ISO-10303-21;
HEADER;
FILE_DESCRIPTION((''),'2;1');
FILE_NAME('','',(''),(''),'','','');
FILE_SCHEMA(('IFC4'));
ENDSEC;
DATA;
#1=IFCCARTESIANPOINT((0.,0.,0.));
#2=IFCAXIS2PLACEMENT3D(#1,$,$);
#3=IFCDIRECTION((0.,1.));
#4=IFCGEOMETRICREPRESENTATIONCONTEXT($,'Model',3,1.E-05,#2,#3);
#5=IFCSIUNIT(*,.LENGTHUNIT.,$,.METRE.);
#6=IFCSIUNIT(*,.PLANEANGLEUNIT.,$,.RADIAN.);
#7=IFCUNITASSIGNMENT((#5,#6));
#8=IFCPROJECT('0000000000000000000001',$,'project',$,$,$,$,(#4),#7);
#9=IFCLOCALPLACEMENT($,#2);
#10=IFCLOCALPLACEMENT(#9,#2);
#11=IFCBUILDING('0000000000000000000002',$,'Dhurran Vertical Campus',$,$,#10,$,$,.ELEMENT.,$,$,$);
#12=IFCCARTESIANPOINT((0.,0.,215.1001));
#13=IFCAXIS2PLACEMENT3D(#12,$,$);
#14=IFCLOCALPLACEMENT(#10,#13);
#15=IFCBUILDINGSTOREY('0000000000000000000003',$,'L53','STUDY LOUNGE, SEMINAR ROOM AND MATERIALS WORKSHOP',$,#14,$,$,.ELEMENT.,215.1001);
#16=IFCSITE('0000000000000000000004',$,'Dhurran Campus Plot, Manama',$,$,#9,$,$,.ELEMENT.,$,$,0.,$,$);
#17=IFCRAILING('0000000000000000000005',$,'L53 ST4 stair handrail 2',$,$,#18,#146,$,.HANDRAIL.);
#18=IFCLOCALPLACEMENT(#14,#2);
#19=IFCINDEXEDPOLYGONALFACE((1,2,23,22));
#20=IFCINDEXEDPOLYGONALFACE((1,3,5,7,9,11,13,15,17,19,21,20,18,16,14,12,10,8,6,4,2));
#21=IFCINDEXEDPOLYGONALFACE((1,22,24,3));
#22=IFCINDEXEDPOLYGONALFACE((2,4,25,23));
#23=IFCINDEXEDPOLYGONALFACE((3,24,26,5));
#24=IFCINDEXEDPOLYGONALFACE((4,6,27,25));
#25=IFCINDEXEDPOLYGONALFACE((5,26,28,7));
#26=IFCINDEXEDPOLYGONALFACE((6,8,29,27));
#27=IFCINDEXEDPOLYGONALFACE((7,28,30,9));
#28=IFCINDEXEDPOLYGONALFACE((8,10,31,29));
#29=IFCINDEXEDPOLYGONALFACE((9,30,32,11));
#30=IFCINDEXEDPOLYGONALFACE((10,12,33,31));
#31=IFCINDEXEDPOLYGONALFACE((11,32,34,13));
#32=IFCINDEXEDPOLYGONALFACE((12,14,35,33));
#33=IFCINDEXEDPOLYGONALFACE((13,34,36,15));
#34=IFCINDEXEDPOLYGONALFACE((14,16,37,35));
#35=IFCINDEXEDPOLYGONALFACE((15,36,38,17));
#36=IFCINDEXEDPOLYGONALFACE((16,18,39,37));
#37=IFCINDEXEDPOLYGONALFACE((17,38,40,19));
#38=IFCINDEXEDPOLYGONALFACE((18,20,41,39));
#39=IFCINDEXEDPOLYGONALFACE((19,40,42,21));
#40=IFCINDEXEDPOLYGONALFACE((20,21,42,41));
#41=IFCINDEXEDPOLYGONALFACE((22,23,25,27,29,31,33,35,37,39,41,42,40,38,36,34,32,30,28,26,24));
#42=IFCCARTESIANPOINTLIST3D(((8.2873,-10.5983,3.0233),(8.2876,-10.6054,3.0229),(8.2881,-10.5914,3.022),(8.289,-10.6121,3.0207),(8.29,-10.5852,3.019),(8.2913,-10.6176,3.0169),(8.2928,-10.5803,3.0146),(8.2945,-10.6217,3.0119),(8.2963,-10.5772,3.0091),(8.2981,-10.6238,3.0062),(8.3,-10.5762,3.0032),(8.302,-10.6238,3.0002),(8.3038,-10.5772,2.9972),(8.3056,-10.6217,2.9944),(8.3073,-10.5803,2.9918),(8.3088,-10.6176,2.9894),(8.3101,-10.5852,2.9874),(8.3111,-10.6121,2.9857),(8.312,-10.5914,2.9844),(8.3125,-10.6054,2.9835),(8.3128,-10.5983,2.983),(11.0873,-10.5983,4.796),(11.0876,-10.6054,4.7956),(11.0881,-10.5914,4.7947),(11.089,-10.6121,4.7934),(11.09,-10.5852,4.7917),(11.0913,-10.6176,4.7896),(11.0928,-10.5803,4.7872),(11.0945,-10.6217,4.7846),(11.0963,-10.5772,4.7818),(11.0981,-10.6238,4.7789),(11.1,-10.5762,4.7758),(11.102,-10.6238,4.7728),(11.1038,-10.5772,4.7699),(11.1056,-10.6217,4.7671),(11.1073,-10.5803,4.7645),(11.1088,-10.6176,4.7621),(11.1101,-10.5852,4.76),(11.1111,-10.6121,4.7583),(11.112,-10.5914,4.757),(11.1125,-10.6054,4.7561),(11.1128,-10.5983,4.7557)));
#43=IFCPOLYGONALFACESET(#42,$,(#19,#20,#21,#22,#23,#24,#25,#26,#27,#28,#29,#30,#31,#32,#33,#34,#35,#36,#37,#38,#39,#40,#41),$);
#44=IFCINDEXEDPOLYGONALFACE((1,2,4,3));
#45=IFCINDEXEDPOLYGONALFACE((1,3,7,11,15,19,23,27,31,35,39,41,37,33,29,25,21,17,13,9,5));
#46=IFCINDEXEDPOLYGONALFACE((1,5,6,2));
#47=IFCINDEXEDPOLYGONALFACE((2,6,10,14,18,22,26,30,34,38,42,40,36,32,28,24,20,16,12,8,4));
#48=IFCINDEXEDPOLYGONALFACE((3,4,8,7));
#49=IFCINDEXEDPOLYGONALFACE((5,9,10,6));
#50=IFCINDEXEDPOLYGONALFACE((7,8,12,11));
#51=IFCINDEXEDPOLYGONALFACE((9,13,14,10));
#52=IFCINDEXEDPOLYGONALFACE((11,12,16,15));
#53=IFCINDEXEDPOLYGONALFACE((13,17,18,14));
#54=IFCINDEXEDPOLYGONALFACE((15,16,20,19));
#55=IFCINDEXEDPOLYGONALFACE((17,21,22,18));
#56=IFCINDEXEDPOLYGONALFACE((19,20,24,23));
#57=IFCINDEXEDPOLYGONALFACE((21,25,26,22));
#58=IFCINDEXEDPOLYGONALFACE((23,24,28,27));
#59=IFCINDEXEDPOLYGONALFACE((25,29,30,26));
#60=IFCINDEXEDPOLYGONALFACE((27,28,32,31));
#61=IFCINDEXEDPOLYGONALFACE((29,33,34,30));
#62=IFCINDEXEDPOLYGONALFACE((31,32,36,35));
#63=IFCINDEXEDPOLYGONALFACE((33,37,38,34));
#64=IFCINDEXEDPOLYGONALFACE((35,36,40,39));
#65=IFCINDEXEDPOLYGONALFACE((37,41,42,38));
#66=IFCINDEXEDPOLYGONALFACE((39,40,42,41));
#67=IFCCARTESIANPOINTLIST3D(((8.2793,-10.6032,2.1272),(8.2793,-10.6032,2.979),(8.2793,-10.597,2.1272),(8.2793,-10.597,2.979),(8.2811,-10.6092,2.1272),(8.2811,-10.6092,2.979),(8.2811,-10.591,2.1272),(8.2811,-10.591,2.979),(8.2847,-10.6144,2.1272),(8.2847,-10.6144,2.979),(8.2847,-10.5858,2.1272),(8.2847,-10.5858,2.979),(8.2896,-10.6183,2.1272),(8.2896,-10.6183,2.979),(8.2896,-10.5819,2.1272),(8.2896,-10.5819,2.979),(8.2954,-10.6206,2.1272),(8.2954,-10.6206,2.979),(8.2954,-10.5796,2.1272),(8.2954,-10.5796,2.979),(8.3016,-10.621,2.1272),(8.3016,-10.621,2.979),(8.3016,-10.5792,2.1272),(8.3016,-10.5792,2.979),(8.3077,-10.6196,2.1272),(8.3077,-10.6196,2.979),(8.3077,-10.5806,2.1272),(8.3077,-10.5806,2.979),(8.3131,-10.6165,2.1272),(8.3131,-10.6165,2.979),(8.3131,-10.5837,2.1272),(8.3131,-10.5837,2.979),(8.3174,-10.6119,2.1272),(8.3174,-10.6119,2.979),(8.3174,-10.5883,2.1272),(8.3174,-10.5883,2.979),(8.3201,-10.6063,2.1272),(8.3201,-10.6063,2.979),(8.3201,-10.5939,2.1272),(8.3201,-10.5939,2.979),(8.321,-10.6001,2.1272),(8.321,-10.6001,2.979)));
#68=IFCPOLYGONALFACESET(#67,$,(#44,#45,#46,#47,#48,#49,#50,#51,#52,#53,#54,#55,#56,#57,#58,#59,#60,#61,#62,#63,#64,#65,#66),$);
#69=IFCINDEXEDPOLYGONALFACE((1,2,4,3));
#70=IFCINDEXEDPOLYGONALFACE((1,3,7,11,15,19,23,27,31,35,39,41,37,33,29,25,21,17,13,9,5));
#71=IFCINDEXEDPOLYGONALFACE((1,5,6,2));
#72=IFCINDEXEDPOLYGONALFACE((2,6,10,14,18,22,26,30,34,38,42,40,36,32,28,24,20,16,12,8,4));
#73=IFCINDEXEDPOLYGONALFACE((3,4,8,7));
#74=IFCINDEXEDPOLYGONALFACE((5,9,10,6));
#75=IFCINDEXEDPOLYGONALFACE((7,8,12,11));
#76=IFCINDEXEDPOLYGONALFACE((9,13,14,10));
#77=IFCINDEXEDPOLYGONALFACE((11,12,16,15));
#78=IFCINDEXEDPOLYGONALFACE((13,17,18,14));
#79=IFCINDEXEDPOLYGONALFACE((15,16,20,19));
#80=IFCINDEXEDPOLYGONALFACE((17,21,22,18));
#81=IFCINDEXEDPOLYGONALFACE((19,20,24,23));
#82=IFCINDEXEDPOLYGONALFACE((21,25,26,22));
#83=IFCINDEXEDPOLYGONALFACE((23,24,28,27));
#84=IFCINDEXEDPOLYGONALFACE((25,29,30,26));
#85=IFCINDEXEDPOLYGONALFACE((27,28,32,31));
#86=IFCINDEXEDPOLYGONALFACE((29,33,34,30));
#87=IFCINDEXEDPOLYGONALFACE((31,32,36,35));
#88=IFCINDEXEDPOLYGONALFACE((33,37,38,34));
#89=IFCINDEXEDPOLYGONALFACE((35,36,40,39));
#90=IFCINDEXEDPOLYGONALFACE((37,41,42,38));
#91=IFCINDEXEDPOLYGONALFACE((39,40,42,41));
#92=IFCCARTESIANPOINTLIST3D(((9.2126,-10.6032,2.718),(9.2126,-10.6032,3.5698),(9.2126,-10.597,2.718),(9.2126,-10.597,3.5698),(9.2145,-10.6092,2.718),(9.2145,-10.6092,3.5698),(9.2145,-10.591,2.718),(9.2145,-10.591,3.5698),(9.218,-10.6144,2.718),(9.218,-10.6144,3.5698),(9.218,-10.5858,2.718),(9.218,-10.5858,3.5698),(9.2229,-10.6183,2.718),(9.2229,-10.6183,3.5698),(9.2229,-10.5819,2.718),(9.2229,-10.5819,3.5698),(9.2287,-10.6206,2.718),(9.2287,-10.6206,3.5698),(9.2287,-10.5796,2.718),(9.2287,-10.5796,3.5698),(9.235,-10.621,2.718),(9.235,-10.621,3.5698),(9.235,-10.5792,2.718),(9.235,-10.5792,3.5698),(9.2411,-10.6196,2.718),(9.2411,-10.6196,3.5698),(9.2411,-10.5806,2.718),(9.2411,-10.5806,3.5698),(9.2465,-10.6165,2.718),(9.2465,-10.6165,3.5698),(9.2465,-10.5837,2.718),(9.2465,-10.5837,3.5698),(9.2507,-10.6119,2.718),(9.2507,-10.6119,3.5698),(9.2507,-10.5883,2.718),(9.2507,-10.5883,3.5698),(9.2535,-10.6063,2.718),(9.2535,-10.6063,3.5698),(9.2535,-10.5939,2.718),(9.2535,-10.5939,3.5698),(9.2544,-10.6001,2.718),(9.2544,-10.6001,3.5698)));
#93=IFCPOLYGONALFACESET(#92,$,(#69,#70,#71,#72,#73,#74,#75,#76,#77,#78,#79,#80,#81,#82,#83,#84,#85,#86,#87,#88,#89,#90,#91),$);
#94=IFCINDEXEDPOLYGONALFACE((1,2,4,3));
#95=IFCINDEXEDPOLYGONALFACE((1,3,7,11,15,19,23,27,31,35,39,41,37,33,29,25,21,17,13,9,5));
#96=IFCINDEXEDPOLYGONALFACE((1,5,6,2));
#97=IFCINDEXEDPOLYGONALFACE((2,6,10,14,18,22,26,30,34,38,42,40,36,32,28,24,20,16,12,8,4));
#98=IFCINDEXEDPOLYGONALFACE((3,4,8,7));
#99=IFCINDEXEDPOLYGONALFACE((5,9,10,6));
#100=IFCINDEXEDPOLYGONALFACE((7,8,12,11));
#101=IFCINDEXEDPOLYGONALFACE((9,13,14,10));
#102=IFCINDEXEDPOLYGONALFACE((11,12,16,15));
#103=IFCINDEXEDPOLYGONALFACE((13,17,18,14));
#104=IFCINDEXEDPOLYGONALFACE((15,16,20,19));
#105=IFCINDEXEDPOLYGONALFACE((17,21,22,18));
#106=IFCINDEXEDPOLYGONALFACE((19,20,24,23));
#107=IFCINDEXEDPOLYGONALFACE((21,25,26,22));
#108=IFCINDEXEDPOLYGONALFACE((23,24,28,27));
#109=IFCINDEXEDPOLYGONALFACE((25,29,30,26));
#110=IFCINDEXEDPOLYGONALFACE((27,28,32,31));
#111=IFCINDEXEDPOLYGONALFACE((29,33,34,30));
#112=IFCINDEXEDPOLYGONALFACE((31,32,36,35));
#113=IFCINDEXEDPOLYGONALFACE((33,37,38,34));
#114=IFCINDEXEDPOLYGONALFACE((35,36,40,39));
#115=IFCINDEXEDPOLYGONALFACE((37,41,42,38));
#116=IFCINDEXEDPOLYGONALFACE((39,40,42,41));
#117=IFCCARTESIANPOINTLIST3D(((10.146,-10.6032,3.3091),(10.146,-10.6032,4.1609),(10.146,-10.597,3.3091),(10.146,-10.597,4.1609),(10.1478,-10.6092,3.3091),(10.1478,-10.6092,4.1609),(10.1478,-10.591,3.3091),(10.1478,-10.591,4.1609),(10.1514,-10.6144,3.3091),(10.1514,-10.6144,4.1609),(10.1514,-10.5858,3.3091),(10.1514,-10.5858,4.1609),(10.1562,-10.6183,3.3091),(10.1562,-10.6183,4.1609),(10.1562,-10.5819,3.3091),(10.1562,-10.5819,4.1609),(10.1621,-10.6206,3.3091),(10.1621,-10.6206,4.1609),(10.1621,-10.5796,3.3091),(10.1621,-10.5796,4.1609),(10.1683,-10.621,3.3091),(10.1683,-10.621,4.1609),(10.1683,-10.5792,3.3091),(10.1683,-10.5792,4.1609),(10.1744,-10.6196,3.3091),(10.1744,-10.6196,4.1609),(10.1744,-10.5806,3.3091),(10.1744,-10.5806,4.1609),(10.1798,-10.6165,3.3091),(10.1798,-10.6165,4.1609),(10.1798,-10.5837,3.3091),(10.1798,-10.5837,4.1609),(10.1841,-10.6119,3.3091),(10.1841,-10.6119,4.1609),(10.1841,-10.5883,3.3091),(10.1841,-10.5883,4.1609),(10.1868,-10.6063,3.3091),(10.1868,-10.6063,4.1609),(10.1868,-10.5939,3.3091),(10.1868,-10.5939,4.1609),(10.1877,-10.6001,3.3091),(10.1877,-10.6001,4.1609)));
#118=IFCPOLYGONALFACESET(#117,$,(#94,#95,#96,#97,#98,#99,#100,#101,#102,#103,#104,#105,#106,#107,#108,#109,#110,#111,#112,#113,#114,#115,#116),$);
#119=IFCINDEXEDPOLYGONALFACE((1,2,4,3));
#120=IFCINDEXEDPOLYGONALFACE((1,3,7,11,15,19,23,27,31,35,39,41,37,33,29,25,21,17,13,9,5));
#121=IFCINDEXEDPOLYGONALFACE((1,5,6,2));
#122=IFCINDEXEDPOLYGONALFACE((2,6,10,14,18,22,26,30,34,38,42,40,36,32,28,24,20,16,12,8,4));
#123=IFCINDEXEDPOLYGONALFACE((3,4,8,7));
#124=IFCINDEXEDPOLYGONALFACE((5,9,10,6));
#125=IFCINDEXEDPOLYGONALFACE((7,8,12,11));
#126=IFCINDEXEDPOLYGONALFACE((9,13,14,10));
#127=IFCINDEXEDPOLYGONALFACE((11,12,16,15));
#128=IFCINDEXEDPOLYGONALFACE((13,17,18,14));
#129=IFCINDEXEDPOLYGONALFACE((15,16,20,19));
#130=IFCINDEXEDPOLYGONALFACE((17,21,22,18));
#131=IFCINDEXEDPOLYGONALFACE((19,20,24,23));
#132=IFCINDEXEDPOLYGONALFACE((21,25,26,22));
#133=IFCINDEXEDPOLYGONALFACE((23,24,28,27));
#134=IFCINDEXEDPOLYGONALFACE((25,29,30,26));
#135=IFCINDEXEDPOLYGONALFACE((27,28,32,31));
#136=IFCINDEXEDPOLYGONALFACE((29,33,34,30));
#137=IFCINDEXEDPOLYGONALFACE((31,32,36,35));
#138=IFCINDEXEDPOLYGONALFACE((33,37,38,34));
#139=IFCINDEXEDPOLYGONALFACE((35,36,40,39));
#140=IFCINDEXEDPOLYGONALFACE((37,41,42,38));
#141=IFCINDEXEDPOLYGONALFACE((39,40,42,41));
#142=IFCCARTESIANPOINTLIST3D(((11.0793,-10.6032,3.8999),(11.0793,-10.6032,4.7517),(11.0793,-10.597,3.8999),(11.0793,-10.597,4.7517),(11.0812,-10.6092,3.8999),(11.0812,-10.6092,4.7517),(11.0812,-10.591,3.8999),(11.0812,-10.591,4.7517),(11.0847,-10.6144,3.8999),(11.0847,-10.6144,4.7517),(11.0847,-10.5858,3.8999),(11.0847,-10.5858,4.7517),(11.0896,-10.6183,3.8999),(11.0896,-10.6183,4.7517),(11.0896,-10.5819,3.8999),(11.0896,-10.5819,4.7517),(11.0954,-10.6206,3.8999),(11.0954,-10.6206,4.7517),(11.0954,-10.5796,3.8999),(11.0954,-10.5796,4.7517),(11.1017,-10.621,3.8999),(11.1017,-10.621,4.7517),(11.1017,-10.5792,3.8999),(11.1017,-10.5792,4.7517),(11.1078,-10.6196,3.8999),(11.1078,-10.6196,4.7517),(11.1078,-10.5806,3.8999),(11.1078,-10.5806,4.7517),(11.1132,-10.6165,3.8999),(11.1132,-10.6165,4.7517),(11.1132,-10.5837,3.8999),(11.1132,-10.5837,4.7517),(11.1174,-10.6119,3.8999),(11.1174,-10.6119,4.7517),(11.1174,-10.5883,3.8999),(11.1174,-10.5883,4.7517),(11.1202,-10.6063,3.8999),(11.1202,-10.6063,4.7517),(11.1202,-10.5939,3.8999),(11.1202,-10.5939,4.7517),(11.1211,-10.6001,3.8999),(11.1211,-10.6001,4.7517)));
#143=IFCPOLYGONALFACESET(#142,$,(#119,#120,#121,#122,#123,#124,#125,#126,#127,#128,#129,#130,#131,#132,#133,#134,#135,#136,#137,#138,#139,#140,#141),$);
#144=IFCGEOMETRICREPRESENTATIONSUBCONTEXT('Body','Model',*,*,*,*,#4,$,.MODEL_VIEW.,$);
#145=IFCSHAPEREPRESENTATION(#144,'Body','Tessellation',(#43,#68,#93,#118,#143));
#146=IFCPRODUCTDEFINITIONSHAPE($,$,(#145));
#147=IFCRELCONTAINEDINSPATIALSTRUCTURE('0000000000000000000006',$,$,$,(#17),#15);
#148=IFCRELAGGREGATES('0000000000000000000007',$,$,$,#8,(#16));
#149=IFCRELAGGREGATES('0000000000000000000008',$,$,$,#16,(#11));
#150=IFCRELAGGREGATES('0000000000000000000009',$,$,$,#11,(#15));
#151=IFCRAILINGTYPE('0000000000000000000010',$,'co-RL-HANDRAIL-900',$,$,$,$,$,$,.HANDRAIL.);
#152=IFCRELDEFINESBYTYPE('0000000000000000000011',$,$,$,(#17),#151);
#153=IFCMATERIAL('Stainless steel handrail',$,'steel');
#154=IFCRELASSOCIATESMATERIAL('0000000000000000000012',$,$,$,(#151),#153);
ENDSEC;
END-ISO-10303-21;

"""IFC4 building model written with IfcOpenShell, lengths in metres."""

from ifc_helpers import new_model, si_unit, direction, frame, origin, origin_2d, place, context, subcontext, project, spatial, circle, extrude, material, type_object, element, save


model = new_model("IFC4")

# Units and contexts
model_context = context("Model", 3, precision=1e-05, world=origin(), true_north=direction((0.0, 1.0)))
body_context = subcontext(model_context, "Body", "Model", "MODEL_VIEW")
ifc_project = project(units=[si_unit("LENGTHUNIT", "METRE"), si_unit("PLANEANGLEUNIT", "RADIAN")], contexts=[model_context])

# Site, building, storey
site_placement = place(None, origin())
site = spatial("IfcSite", under=ifc_project, at=site_placement, Name="Dhurran Campus Plot, Manama", CompositionType="ELEMENT", RefElevation=0.0)
building_placement = place(site_placement, origin())
building = spatial("IfcBuilding", under=site, at=building_placement, Name="Dhurran Vertical Campus", CompositionType="ELEMENT")
storey_placement = place(building_placement, frame((0.0, 0.0, 215.1001)))
storey = spatial("IfcBuildingStorey", under=building, at=storey_placement, Name="L53", Description="STUDY LOUNGE, SEMINAR ROOM AND MATERIALS WORKSHOP", CompositionType="ELEMENT", Elevation=215.1001)

# Railing
ifc_material_1 = material(Name="Stainless steel handrail", Category="steel")
railing_type_1 = type_object("IfcRailingType", Name="co-RL-HANDRAIL-900", PredefinedType="HANDRAIL", material=ifc_material_1)
railing_1_placement = place(storey_placement, frame((8.3, -10.6001, 2.1272)))
element("IfcRailing", 1, at=railing_1_placement, inside=storey, type_object=railing_type_1, Name="L53 ST4 stair handrail 2", PredefinedType="HANDRAIL", context=body_context, shape_type="SweptSolid", body=[
    extrude(circle(Radius=0.0239, at=origin_2d()), frame((0.0, 0.0, 0.876), z_axis=(0.844909, 0.0, 0.53491), x_axis=(0.0, 1.0, 0.0)), (0.0, 0.0, 1.0), 3.314),
    extrude(circle(Radius=0.021, at=origin_2d()), origin(), (0.0, 0.0, 1.0), 0.8518),
    extrude(circle(Radius=0.021, at=origin_2d()), frame((0.9333, 0.0, 0.5908)), (0.0, 0.0, 1.0), 0.8518),
    extrude(circle(Radius=0.021, at=origin_2d()), frame((1.8667, 0.0, 1.1819)), (0.0, 0.0, 1.0), 0.8518),
    extrude(circle(Radius=0.021, at=origin_2d()), frame((2.8, 0.0, 1.7727)), (0.0, 0.0, 1.0), 0.8518),
])

save(model, "model.ifc")
